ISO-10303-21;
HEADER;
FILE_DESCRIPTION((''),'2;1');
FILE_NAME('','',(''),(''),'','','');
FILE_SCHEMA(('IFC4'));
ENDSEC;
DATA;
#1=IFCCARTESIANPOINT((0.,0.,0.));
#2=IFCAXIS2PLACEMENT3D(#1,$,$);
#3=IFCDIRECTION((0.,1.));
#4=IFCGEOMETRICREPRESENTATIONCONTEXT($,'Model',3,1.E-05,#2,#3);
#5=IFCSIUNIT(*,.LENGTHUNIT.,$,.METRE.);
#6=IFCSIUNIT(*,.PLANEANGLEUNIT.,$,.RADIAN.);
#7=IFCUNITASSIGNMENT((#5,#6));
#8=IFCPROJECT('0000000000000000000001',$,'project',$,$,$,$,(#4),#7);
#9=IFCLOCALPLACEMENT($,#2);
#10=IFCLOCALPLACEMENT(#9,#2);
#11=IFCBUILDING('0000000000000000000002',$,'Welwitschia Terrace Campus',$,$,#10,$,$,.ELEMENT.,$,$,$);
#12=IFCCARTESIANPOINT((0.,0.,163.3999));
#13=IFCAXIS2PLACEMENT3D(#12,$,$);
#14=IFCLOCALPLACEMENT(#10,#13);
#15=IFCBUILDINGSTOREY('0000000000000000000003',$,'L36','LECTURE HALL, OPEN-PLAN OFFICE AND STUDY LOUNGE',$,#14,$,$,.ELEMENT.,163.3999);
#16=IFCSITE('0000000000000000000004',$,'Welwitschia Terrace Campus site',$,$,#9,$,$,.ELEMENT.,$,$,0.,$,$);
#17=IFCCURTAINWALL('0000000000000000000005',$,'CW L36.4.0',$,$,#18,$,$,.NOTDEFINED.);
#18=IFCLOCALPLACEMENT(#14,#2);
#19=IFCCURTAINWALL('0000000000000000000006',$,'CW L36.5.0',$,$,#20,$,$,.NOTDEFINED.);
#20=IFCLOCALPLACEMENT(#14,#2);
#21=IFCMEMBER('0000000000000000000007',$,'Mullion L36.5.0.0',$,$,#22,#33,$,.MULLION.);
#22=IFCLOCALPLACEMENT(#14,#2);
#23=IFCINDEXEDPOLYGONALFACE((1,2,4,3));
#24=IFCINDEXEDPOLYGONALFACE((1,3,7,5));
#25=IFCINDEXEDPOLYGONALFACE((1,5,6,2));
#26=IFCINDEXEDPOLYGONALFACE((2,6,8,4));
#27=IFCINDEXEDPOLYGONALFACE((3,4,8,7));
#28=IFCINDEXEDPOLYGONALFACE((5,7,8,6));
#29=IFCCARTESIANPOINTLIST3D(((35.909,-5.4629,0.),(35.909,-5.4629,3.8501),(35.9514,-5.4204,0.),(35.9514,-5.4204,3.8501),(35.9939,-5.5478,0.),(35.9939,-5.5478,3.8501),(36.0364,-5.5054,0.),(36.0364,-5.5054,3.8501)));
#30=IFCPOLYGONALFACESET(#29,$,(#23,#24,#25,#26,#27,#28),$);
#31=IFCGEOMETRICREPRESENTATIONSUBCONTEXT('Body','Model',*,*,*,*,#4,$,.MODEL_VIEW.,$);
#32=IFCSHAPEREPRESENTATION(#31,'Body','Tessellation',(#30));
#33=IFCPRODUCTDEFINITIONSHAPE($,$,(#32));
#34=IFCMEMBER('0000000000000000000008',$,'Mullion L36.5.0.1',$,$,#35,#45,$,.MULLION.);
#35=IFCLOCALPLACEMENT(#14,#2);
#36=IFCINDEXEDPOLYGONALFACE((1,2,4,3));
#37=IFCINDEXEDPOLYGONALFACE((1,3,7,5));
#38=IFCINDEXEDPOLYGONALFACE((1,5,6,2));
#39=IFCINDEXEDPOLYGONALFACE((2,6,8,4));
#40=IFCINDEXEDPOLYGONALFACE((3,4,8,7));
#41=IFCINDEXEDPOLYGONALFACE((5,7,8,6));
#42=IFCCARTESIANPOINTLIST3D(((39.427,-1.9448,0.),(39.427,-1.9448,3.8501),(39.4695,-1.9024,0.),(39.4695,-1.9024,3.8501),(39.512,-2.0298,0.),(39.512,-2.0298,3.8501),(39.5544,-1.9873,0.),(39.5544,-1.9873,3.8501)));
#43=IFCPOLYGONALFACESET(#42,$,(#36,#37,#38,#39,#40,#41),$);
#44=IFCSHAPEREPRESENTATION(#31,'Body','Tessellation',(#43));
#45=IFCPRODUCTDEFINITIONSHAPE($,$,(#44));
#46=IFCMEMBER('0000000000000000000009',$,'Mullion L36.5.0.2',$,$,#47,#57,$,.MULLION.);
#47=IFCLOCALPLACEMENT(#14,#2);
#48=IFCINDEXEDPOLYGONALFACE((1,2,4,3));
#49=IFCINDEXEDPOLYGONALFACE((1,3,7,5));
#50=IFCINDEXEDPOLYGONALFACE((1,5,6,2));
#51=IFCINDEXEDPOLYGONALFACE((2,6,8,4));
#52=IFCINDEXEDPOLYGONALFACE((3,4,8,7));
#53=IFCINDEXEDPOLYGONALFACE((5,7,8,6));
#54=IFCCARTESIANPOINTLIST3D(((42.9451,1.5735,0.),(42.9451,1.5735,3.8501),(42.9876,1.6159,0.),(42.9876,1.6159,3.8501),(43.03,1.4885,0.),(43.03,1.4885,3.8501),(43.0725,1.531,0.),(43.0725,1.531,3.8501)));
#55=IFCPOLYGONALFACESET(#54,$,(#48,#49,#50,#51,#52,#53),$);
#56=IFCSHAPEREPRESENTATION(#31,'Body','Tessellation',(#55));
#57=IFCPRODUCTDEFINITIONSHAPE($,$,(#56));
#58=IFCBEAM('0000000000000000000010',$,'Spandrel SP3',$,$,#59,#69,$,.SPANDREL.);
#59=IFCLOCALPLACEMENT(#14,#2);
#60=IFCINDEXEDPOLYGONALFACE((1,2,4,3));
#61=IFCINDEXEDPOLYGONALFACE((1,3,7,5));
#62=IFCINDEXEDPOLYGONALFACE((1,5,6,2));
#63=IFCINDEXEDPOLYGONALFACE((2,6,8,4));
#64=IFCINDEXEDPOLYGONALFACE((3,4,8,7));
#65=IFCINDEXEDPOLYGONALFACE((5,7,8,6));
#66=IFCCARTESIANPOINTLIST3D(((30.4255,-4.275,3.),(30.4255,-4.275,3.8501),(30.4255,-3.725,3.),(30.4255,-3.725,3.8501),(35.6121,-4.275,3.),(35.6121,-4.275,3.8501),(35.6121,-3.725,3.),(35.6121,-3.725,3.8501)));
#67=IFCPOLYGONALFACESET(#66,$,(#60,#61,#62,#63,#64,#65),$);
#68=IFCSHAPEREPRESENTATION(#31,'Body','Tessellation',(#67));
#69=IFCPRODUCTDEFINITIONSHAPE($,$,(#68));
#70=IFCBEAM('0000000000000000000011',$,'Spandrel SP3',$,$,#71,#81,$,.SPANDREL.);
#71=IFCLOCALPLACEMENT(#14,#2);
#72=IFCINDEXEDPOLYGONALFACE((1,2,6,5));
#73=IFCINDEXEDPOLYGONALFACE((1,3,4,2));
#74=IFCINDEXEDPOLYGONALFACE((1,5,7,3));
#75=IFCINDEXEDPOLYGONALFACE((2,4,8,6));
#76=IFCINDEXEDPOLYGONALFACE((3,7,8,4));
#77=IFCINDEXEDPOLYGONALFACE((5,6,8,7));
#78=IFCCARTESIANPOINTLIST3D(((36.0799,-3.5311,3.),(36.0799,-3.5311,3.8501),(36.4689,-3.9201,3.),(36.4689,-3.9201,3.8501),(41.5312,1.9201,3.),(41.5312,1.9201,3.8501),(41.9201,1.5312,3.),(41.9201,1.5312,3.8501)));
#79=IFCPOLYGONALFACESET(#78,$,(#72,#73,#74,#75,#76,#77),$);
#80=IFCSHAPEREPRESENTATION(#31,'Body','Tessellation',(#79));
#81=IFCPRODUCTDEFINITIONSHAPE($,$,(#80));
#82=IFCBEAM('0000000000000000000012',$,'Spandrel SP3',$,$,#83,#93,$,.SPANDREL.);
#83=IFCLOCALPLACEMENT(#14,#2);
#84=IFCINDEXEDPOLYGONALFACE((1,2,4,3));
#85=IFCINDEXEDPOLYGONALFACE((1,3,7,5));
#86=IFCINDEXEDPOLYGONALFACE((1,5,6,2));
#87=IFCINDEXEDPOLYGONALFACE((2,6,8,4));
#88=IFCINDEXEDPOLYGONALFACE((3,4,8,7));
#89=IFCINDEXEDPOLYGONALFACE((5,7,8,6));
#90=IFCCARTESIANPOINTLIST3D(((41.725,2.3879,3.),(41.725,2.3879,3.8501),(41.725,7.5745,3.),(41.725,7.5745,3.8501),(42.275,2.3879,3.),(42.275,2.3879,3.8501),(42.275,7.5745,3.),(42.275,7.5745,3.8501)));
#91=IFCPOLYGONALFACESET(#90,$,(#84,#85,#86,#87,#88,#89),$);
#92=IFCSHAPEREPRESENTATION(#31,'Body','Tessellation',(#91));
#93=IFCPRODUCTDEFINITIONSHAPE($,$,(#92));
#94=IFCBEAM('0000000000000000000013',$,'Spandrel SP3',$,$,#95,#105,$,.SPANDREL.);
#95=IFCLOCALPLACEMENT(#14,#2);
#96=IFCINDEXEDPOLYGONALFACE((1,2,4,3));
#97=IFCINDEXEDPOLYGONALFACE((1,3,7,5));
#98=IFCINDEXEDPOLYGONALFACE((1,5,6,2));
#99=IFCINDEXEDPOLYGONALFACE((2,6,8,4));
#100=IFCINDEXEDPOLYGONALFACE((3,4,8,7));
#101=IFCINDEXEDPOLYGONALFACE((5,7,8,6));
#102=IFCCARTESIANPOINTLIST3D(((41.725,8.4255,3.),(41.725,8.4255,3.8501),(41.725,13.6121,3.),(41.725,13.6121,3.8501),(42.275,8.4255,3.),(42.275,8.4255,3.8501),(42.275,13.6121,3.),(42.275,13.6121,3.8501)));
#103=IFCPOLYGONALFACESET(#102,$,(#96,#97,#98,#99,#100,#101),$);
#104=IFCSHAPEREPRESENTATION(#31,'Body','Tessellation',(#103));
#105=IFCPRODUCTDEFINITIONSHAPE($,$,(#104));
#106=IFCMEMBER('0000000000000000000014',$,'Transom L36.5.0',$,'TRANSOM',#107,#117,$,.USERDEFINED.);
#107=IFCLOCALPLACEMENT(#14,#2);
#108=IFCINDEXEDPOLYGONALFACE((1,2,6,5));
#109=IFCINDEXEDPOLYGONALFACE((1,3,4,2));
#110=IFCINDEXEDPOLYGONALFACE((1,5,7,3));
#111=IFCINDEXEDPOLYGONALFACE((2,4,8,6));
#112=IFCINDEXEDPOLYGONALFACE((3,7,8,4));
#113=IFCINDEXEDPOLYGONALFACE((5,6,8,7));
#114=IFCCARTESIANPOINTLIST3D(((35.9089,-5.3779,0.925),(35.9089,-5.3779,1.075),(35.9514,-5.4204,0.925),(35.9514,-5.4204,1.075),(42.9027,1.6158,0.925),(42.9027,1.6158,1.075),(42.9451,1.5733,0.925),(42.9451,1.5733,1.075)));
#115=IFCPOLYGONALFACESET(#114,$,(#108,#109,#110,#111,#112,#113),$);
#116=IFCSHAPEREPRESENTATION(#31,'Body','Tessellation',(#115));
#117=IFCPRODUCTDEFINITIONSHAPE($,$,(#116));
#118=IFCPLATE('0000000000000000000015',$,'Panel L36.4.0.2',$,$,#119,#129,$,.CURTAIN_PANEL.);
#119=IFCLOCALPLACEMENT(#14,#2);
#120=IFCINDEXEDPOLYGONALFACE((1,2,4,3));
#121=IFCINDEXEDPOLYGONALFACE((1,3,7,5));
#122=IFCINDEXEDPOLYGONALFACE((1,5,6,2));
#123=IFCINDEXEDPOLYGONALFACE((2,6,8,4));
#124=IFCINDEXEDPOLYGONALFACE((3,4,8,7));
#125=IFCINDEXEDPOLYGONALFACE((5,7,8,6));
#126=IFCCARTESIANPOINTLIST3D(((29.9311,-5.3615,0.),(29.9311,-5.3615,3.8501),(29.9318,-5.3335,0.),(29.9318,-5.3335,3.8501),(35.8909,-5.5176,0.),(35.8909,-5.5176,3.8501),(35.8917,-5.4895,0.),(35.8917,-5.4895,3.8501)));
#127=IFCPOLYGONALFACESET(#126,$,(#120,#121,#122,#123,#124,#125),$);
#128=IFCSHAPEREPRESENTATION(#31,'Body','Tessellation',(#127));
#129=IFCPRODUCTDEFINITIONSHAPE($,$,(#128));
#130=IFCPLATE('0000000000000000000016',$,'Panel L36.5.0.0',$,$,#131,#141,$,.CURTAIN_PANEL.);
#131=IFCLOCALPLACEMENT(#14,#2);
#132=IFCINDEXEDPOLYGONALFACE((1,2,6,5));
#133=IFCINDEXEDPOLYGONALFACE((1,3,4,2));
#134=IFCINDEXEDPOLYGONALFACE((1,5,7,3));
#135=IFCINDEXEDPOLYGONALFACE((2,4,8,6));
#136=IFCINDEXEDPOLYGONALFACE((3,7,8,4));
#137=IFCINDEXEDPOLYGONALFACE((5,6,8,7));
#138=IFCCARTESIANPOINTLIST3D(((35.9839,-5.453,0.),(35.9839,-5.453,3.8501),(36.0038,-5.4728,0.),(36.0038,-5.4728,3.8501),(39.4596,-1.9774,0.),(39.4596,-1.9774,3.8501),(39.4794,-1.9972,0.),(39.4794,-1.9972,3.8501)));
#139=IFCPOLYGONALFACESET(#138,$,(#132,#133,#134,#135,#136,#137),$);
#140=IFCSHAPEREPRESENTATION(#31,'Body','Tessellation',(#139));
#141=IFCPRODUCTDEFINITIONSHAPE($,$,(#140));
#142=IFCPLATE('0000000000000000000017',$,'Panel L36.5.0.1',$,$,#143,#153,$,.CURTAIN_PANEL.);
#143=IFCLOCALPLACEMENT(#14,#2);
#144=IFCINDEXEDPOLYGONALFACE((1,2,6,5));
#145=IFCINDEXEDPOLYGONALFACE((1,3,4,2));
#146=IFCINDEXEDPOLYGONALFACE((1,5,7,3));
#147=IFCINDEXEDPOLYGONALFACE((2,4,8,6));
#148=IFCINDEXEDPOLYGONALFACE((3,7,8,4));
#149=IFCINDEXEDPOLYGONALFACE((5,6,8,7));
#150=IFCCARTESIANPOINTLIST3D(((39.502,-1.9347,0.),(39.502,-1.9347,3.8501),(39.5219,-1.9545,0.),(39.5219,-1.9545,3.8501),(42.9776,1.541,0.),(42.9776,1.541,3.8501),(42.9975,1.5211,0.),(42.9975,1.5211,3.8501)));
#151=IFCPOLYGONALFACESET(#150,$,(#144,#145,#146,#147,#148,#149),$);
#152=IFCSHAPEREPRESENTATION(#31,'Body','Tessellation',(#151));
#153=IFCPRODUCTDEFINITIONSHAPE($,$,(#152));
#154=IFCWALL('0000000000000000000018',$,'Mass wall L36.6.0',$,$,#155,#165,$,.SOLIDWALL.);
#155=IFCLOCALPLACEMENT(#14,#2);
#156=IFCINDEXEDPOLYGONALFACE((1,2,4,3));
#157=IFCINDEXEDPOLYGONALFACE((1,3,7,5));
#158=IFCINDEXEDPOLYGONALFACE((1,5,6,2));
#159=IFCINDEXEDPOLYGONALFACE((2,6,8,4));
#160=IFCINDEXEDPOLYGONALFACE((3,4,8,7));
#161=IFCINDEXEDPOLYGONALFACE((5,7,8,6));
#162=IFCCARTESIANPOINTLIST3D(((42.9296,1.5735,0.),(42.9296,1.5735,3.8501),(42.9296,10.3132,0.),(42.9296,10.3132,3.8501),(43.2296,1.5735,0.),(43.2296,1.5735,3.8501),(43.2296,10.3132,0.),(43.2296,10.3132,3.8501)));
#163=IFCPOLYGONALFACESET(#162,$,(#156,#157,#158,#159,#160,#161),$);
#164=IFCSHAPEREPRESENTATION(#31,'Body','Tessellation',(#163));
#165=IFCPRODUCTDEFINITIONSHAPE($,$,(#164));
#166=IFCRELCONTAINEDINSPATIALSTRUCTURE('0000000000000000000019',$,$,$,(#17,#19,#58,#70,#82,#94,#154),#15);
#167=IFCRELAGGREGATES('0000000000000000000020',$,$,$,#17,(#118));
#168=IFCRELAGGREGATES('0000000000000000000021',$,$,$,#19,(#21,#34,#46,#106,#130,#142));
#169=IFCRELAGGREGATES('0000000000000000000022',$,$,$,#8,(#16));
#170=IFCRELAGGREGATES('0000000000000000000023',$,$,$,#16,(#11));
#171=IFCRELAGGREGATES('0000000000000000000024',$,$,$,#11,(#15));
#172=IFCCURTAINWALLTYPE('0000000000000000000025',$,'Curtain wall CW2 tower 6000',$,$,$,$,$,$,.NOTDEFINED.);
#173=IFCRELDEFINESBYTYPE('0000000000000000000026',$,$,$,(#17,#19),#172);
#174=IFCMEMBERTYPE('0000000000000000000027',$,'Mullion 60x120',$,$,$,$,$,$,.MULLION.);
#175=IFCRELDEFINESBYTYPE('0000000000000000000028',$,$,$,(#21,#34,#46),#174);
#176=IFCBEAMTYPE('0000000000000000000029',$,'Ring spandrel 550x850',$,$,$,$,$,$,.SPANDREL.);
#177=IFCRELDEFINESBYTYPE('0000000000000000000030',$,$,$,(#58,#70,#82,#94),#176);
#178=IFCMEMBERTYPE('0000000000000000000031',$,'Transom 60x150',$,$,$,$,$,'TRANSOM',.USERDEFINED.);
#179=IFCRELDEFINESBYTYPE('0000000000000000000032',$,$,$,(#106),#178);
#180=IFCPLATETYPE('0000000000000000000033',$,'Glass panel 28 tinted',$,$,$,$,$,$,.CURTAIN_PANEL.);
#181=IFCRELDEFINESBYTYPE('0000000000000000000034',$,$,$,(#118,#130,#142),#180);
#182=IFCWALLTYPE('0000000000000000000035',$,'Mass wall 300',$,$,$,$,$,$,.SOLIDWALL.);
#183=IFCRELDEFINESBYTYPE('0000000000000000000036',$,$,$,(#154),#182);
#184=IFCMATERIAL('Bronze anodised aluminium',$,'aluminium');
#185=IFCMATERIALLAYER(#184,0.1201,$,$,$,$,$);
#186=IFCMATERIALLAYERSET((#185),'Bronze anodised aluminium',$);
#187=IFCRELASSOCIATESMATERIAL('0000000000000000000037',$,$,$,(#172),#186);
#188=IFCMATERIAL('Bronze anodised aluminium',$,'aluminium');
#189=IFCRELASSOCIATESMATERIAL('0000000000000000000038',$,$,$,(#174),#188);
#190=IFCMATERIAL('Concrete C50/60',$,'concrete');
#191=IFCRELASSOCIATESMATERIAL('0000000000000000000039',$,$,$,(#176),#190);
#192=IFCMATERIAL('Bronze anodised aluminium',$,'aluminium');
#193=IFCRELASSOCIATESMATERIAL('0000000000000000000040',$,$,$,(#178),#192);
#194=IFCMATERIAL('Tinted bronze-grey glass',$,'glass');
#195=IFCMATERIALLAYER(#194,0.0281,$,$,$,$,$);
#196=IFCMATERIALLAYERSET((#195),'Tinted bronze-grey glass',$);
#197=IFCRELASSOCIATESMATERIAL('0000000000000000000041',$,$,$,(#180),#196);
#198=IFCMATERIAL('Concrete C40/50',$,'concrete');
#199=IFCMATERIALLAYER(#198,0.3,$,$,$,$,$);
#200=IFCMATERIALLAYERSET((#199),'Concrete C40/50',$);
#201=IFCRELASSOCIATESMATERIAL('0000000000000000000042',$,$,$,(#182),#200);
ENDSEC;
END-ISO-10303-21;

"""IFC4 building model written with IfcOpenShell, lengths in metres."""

from ifc_helpers import new_model, si_unit, direction, frame, frame_2d, origin, origin_2d, place, context, subcontext, project, spatial, rectangle, extrude, material, layer, layer_set, material_profile, profile_set, type_object, element, aggregate, save


model = new_model("IFC4")

# Units and contexts
model_context = context("Model", 3, precision=1e-05, world=origin(), true_north=direction((0.0, 1.0)))
body_context = subcontext(model_context, "Body", "Model", "MODEL_VIEW")
ifc_project = project(units=[si_unit("LENGTHUNIT", "METRE"), si_unit("PLANEANGLEUNIT", "RADIAN")], contexts=[model_context])

# Site, building, storey
site_placement = place(None, origin())
site = spatial("IfcSite", under=ifc_project, at=site_placement, Name="Welwitschia Terrace Campus site", CompositionType="ELEMENT", RefElevation=0.0)
building_placement = place(site_placement, origin())
building = spatial("IfcBuilding", under=site, at=building_placement, Name="Welwitschia Terrace Campus", CompositionType="ELEMENT")
storey_placement = place(building_placement, frame((0.0, 0.0, 163.3999)))
storey = spatial("IfcBuildingStorey", under=building, at=storey_placement, Name="L36", Description="LECTURE HALL, OPEN-PLAN OFFICE AND STUDY LOUNGE", CompositionType="ELEMENT", Elevation=163.3999)

# Curtain wall
ifc_material_1 = material(Name="Bronze anodised aluminium", Category="aluminium")
ifc_layer_1 = layer(ifc_material_1, 0.1201)
ifc_layer_set_1 = layer_set([ifc_layer_1], Name="Bronze anodised aluminium")
curtain_wall_type = type_object("IfcCurtainWallType", Name="Curtain wall CW2 tower 6000", PredefinedType="NOTDEFINED", material=ifc_layer_set_1)
curtain_wall_1_placement = place(storey_placement, origin())
curtain_wall_1 = element("IfcCurtainWall", 1, at=curtain_wall_1_placement, inside=storey, type_object=curtain_wall_type, Name="CW L36.4.0", PredefinedType="NOTDEFINED")
ifc_material_2 = material(Name="Bronze anodised aluminium", Category="aluminium")
ifc_material_profile_1 = material_profile(ifc_material_2, rectangle(XDim=0.1201, YDim=0.0601, at=origin_2d()))
ifc_profile_set_1 = profile_set([ifc_material_profile_1], Name="Bronze anodised aluminium")
member_type_1 = type_object("IfcMemberType", Name="Mullion 60x120", PredefinedType="MULLION", material=ifc_profile_set_1)

# Curtain wall, members
curtain_wall_2_placement = place(storey_placement, origin())
curtain_wall_2 = element("IfcCurtainWall", 2, at=curtain_wall_2_placement, inside=storey, type_object=curtain_wall_type, Name="CW L36.5.0", PredefinedType="NOTDEFINED")
member_1_placement = place(storey_placement, frame((35.9727, -5.4841, 0.0), z_axis=(0.0, 0.0, 1.0), x_axis=(-0.707107, 0.707107, 0.0)))
member_1 = element("IfcMember", 3, at=member_1_placement, type_object=member_type_1, Name="Mullion L36.5.0.0", PredefinedType="MULLION", context=body_context, shape_type="SweptSolid", body=[
    extrude(rectangle(XDim=0.1201, YDim=0.0601, at=origin_2d()), origin(), (0.0, 0.0, 1.0), 3.8501),
])
member_2_placement = place(storey_placement, frame((39.4907, -1.9661, 0.0), z_axis=(0.0, 0.0, 1.0), x_axis=(-0.707107, 0.707107, 0.0)))
member_2 = element("IfcMember", 4, at=member_2_placement, type_object=member_type_1, Name="Mullion L36.5.0.1", PredefinedType="MULLION", context=body_context, shape_type="SweptSolid", body=[
    extrude(rectangle(XDim=0.1201, YDim=0.0601, at=origin_2d()), origin(), (0.0, 0.0, 1.0), 3.8501),
])
member_3_placement = place(storey_placement, frame((43.0088, 1.5522, 0.0), z_axis=(0.0, 0.0, 1.0), x_axis=(-0.707107, 0.707107, 0.0)))
member_3 = element("IfcMember", 5, at=member_3_placement, type_object=member_type_1, Name="Mullion L36.5.0.2", PredefinedType="MULLION", context=body_context, shape_type="SweptSolid", body=[
    extrude(rectangle(XDim=0.1201, YDim=0.0601, at=origin_2d()), origin(), (0.0, 0.0, 1.0), 3.8501),
])

# Beams
ifc_material_3 = material(Name="Concrete C50/60", Category="concrete")
ifc_material_profile_2 = material_profile(ifc_material_3, rectangle(XDim=0.55, YDim=0.8501, at=origin_2d()))
ifc_profile_set_2 = profile_set([ifc_material_profile_2], Name="Concrete C50/60")
beam_type_1 = type_object("IfcBeamType", Name="Ring spandrel 550x850", PredefinedType="SPANDREL", material=ifc_profile_set_2)
beam_1_placement = place(storey_placement, frame((30.4255, -4.0, 3.425), z_axis=(1.0, 0.0, 0.0), x_axis=(0.0, 1.0, 0.0)))
element("IfcBeam", 6, at=beam_1_placement, inside=storey, type_object=beam_type_1, Name="Spandrel SP3", PredefinedType="SPANDREL", context=body_context, shape_type="SweptSolid", body=[
    extrude(rectangle(XDim=0.55, YDim=0.8501, at=origin_2d()), origin(), (0.0, 0.0, 1.0), 5.1865),
])
beam_2_placement = place(storey_placement, frame((36.2744, -3.7256, 3.425), z_axis=(0.707107, 0.707107, 0.0), x_axis=(-0.707107, 0.707107, 0.0)))
element("IfcBeam", 7, at=beam_2_placement, inside=storey, type_object=beam_type_1, Name="Spandrel SP3", PredefinedType="SPANDREL", context=body_context, shape_type="SweptSolid", body=[
    extrude(rectangle(XDim=0.55, YDim=0.8501, at=origin_2d()), origin(), (0.0, 0.0, 1.0), 7.7092),
])
for number, where, z_axis, x_axis, name in (
    (8, (42.0, 2.3879, 3.425), (0.0, 1.0, 0.0), (-1.0, 0.0, 0.0), "Spandrel SP3"),
    (9, (42.0, 8.4255, 3.425), (0.0, 1.0, 0.0), (-1.0, 0.0, 0.0), "Spandrel SP3"),
):
    element("IfcBeam", number, at=place(storey_placement, frame(where, z_axis=z_axis, x_axis=x_axis)), inside=storey, type_object=beam_type_1, Name=name, PredefinedType="SPANDREL", context=body_context, shape_type="SweptSolid", body=[
        extrude(rectangle(XDim=0.55, YDim=0.8501, at=origin_2d()), origin(), (0.0, 0.0, 1.0), 5.1865),
    ])

# Member
ifc_material_4 = material(Name="Bronze anodised aluminium", Category="aluminium")
ifc_material_profile_3 = material_profile(ifc_material_4, rectangle(XDim=0.0601, YDim=0.1499, at=origin_2d()))
ifc_profile_set_3 = profile_set([ifc_material_profile_3], Name="Bronze anodised aluminium")
member_type_2 = type_object("IfcMemberType", Name="Transom 60x150", ElementType="TRANSOM", PredefinedType="USERDEFINED", material=ifc_profile_set_3)
member_4_placement = place(storey_placement, frame((35.9302, -5.3992, 1.0), z_axis=(0.707107, 0.707107, 0.0), x_axis=(-0.707107, 0.707107, 0.0)))
member_4 = element("IfcMember", 10, at=member_4_placement, type_object=member_type_2, Name="Transom L36.5.0", ObjectType="TRANSOM", PredefinedType="USERDEFINED", context=body_context, shape_type="SweptSolid", body=[
    extrude(rectangle(XDim=0.0601, YDim=0.1499, at=origin_2d()), origin(), (0.0, 0.0, 1.0), 9.8906),
])

# Plates
ifc_material_5 = material(Name="Tinted bronze-grey glass", Category="glass")
ifc_layer_2 = layer(ifc_material_5, 0.0281)
ifc_layer_set_2 = layer_set([ifc_layer_2], Name="Tinted bronze-grey glass")
plate_type = type_object("IfcPlateType", Name="Glass panel 28 tinted", PredefinedType="CURTAIN_PANEL", material=ifc_layer_set_2)
plate_1_placement = place(storey_placement, frame((32.9114, -5.4255, 0.0), z_axis=(0.0, 0.0, 1.0), x_axis=(0.999657, -0.026177, 0.0)))
plate_1 = element("IfcPlate", 11, at=plate_1_placement, type_object=plate_type, Name="Panel L36.4.0.2", PredefinedType="CURTAIN_PANEL", context=body_context, shape_type="SweptSolid", body=[
    extrude(rectangle(XDim=5.9619, YDim=0.0281, at=origin_2d()), origin(), (0.0, 0.0, 1.0), 3.8501),
])
aggregate(curtain_wall_1, [plate_1])
plate_2_placement = place(storey_placement, frame((37.7317, -3.7251, 0.0), z_axis=(0.0, 0.0, 1.0), x_axis=(0.707107, 0.707107, 0.0)))
plate_2 = element("IfcPlate", 12, at=plate_2_placement, type_object=plate_type, Name="Panel L36.5.0.0", PredefinedType="CURTAIN_PANEL", context=body_context, shape_type="SweptSolid", body=[
    extrude(rectangle(XDim=4.9153, YDim=0.0281, at=origin_2d()), origin(), (0.0, 0.0, 1.0), 3.8501),
])
plate_3_placement = place(storey_placement, frame((41.2498, -0.2068, 0.0), z_axis=(0.0, 0.0, 1.0), x_axis=(0.707107, 0.707107, 0.0)))
plate_3 = element("IfcPlate", 13, at=plate_3_placement, type_object=plate_type, Name="Panel L36.5.0.1", PredefinedType="CURTAIN_PANEL", context=body_context, shape_type="SweptSolid", body=[
    extrude(rectangle(XDim=4.9153, YDim=0.0281, at=origin_2d()), origin(), (0.0, 0.0, 1.0), 3.8501),
])
aggregate(curtain_wall_2, [member_1, member_2, member_3, member_4, plate_2, plate_3])

# Wall
ifc_material_6 = material(Name="Concrete C40/50", Category="concrete")
ifc_layer_3 = layer(ifc_material_6, 0.3)
ifc_layer_set_3 = layer_set([ifc_layer_3], Name="Concrete C40/50")
wall_type = type_object("IfcWallType", Name="Mass wall 300", PredefinedType="SOLIDWALL", material=ifc_layer_set_3)
wall_placement = place(storey_placement, frame((43.0796, 1.5735, 0.0), z_axis=(0.0, 0.0, 1.0), x_axis=(0.0, 1.0, 0.0)))
element("IfcWall", 14, at=wall_placement, inside=storey, type_object=wall_type, Name="Mass wall L36.6.0", PredefinedType="SOLIDWALL", context=body_context, shape_type="SweptSolid", body=[
    extrude(rectangle(XDim=8.7397, YDim=0.3, at=frame_2d((4.3699, 0.0))), origin(), (0.0, 0.0, 1.0), 3.8501),
])

save(model, "model.ifc")
